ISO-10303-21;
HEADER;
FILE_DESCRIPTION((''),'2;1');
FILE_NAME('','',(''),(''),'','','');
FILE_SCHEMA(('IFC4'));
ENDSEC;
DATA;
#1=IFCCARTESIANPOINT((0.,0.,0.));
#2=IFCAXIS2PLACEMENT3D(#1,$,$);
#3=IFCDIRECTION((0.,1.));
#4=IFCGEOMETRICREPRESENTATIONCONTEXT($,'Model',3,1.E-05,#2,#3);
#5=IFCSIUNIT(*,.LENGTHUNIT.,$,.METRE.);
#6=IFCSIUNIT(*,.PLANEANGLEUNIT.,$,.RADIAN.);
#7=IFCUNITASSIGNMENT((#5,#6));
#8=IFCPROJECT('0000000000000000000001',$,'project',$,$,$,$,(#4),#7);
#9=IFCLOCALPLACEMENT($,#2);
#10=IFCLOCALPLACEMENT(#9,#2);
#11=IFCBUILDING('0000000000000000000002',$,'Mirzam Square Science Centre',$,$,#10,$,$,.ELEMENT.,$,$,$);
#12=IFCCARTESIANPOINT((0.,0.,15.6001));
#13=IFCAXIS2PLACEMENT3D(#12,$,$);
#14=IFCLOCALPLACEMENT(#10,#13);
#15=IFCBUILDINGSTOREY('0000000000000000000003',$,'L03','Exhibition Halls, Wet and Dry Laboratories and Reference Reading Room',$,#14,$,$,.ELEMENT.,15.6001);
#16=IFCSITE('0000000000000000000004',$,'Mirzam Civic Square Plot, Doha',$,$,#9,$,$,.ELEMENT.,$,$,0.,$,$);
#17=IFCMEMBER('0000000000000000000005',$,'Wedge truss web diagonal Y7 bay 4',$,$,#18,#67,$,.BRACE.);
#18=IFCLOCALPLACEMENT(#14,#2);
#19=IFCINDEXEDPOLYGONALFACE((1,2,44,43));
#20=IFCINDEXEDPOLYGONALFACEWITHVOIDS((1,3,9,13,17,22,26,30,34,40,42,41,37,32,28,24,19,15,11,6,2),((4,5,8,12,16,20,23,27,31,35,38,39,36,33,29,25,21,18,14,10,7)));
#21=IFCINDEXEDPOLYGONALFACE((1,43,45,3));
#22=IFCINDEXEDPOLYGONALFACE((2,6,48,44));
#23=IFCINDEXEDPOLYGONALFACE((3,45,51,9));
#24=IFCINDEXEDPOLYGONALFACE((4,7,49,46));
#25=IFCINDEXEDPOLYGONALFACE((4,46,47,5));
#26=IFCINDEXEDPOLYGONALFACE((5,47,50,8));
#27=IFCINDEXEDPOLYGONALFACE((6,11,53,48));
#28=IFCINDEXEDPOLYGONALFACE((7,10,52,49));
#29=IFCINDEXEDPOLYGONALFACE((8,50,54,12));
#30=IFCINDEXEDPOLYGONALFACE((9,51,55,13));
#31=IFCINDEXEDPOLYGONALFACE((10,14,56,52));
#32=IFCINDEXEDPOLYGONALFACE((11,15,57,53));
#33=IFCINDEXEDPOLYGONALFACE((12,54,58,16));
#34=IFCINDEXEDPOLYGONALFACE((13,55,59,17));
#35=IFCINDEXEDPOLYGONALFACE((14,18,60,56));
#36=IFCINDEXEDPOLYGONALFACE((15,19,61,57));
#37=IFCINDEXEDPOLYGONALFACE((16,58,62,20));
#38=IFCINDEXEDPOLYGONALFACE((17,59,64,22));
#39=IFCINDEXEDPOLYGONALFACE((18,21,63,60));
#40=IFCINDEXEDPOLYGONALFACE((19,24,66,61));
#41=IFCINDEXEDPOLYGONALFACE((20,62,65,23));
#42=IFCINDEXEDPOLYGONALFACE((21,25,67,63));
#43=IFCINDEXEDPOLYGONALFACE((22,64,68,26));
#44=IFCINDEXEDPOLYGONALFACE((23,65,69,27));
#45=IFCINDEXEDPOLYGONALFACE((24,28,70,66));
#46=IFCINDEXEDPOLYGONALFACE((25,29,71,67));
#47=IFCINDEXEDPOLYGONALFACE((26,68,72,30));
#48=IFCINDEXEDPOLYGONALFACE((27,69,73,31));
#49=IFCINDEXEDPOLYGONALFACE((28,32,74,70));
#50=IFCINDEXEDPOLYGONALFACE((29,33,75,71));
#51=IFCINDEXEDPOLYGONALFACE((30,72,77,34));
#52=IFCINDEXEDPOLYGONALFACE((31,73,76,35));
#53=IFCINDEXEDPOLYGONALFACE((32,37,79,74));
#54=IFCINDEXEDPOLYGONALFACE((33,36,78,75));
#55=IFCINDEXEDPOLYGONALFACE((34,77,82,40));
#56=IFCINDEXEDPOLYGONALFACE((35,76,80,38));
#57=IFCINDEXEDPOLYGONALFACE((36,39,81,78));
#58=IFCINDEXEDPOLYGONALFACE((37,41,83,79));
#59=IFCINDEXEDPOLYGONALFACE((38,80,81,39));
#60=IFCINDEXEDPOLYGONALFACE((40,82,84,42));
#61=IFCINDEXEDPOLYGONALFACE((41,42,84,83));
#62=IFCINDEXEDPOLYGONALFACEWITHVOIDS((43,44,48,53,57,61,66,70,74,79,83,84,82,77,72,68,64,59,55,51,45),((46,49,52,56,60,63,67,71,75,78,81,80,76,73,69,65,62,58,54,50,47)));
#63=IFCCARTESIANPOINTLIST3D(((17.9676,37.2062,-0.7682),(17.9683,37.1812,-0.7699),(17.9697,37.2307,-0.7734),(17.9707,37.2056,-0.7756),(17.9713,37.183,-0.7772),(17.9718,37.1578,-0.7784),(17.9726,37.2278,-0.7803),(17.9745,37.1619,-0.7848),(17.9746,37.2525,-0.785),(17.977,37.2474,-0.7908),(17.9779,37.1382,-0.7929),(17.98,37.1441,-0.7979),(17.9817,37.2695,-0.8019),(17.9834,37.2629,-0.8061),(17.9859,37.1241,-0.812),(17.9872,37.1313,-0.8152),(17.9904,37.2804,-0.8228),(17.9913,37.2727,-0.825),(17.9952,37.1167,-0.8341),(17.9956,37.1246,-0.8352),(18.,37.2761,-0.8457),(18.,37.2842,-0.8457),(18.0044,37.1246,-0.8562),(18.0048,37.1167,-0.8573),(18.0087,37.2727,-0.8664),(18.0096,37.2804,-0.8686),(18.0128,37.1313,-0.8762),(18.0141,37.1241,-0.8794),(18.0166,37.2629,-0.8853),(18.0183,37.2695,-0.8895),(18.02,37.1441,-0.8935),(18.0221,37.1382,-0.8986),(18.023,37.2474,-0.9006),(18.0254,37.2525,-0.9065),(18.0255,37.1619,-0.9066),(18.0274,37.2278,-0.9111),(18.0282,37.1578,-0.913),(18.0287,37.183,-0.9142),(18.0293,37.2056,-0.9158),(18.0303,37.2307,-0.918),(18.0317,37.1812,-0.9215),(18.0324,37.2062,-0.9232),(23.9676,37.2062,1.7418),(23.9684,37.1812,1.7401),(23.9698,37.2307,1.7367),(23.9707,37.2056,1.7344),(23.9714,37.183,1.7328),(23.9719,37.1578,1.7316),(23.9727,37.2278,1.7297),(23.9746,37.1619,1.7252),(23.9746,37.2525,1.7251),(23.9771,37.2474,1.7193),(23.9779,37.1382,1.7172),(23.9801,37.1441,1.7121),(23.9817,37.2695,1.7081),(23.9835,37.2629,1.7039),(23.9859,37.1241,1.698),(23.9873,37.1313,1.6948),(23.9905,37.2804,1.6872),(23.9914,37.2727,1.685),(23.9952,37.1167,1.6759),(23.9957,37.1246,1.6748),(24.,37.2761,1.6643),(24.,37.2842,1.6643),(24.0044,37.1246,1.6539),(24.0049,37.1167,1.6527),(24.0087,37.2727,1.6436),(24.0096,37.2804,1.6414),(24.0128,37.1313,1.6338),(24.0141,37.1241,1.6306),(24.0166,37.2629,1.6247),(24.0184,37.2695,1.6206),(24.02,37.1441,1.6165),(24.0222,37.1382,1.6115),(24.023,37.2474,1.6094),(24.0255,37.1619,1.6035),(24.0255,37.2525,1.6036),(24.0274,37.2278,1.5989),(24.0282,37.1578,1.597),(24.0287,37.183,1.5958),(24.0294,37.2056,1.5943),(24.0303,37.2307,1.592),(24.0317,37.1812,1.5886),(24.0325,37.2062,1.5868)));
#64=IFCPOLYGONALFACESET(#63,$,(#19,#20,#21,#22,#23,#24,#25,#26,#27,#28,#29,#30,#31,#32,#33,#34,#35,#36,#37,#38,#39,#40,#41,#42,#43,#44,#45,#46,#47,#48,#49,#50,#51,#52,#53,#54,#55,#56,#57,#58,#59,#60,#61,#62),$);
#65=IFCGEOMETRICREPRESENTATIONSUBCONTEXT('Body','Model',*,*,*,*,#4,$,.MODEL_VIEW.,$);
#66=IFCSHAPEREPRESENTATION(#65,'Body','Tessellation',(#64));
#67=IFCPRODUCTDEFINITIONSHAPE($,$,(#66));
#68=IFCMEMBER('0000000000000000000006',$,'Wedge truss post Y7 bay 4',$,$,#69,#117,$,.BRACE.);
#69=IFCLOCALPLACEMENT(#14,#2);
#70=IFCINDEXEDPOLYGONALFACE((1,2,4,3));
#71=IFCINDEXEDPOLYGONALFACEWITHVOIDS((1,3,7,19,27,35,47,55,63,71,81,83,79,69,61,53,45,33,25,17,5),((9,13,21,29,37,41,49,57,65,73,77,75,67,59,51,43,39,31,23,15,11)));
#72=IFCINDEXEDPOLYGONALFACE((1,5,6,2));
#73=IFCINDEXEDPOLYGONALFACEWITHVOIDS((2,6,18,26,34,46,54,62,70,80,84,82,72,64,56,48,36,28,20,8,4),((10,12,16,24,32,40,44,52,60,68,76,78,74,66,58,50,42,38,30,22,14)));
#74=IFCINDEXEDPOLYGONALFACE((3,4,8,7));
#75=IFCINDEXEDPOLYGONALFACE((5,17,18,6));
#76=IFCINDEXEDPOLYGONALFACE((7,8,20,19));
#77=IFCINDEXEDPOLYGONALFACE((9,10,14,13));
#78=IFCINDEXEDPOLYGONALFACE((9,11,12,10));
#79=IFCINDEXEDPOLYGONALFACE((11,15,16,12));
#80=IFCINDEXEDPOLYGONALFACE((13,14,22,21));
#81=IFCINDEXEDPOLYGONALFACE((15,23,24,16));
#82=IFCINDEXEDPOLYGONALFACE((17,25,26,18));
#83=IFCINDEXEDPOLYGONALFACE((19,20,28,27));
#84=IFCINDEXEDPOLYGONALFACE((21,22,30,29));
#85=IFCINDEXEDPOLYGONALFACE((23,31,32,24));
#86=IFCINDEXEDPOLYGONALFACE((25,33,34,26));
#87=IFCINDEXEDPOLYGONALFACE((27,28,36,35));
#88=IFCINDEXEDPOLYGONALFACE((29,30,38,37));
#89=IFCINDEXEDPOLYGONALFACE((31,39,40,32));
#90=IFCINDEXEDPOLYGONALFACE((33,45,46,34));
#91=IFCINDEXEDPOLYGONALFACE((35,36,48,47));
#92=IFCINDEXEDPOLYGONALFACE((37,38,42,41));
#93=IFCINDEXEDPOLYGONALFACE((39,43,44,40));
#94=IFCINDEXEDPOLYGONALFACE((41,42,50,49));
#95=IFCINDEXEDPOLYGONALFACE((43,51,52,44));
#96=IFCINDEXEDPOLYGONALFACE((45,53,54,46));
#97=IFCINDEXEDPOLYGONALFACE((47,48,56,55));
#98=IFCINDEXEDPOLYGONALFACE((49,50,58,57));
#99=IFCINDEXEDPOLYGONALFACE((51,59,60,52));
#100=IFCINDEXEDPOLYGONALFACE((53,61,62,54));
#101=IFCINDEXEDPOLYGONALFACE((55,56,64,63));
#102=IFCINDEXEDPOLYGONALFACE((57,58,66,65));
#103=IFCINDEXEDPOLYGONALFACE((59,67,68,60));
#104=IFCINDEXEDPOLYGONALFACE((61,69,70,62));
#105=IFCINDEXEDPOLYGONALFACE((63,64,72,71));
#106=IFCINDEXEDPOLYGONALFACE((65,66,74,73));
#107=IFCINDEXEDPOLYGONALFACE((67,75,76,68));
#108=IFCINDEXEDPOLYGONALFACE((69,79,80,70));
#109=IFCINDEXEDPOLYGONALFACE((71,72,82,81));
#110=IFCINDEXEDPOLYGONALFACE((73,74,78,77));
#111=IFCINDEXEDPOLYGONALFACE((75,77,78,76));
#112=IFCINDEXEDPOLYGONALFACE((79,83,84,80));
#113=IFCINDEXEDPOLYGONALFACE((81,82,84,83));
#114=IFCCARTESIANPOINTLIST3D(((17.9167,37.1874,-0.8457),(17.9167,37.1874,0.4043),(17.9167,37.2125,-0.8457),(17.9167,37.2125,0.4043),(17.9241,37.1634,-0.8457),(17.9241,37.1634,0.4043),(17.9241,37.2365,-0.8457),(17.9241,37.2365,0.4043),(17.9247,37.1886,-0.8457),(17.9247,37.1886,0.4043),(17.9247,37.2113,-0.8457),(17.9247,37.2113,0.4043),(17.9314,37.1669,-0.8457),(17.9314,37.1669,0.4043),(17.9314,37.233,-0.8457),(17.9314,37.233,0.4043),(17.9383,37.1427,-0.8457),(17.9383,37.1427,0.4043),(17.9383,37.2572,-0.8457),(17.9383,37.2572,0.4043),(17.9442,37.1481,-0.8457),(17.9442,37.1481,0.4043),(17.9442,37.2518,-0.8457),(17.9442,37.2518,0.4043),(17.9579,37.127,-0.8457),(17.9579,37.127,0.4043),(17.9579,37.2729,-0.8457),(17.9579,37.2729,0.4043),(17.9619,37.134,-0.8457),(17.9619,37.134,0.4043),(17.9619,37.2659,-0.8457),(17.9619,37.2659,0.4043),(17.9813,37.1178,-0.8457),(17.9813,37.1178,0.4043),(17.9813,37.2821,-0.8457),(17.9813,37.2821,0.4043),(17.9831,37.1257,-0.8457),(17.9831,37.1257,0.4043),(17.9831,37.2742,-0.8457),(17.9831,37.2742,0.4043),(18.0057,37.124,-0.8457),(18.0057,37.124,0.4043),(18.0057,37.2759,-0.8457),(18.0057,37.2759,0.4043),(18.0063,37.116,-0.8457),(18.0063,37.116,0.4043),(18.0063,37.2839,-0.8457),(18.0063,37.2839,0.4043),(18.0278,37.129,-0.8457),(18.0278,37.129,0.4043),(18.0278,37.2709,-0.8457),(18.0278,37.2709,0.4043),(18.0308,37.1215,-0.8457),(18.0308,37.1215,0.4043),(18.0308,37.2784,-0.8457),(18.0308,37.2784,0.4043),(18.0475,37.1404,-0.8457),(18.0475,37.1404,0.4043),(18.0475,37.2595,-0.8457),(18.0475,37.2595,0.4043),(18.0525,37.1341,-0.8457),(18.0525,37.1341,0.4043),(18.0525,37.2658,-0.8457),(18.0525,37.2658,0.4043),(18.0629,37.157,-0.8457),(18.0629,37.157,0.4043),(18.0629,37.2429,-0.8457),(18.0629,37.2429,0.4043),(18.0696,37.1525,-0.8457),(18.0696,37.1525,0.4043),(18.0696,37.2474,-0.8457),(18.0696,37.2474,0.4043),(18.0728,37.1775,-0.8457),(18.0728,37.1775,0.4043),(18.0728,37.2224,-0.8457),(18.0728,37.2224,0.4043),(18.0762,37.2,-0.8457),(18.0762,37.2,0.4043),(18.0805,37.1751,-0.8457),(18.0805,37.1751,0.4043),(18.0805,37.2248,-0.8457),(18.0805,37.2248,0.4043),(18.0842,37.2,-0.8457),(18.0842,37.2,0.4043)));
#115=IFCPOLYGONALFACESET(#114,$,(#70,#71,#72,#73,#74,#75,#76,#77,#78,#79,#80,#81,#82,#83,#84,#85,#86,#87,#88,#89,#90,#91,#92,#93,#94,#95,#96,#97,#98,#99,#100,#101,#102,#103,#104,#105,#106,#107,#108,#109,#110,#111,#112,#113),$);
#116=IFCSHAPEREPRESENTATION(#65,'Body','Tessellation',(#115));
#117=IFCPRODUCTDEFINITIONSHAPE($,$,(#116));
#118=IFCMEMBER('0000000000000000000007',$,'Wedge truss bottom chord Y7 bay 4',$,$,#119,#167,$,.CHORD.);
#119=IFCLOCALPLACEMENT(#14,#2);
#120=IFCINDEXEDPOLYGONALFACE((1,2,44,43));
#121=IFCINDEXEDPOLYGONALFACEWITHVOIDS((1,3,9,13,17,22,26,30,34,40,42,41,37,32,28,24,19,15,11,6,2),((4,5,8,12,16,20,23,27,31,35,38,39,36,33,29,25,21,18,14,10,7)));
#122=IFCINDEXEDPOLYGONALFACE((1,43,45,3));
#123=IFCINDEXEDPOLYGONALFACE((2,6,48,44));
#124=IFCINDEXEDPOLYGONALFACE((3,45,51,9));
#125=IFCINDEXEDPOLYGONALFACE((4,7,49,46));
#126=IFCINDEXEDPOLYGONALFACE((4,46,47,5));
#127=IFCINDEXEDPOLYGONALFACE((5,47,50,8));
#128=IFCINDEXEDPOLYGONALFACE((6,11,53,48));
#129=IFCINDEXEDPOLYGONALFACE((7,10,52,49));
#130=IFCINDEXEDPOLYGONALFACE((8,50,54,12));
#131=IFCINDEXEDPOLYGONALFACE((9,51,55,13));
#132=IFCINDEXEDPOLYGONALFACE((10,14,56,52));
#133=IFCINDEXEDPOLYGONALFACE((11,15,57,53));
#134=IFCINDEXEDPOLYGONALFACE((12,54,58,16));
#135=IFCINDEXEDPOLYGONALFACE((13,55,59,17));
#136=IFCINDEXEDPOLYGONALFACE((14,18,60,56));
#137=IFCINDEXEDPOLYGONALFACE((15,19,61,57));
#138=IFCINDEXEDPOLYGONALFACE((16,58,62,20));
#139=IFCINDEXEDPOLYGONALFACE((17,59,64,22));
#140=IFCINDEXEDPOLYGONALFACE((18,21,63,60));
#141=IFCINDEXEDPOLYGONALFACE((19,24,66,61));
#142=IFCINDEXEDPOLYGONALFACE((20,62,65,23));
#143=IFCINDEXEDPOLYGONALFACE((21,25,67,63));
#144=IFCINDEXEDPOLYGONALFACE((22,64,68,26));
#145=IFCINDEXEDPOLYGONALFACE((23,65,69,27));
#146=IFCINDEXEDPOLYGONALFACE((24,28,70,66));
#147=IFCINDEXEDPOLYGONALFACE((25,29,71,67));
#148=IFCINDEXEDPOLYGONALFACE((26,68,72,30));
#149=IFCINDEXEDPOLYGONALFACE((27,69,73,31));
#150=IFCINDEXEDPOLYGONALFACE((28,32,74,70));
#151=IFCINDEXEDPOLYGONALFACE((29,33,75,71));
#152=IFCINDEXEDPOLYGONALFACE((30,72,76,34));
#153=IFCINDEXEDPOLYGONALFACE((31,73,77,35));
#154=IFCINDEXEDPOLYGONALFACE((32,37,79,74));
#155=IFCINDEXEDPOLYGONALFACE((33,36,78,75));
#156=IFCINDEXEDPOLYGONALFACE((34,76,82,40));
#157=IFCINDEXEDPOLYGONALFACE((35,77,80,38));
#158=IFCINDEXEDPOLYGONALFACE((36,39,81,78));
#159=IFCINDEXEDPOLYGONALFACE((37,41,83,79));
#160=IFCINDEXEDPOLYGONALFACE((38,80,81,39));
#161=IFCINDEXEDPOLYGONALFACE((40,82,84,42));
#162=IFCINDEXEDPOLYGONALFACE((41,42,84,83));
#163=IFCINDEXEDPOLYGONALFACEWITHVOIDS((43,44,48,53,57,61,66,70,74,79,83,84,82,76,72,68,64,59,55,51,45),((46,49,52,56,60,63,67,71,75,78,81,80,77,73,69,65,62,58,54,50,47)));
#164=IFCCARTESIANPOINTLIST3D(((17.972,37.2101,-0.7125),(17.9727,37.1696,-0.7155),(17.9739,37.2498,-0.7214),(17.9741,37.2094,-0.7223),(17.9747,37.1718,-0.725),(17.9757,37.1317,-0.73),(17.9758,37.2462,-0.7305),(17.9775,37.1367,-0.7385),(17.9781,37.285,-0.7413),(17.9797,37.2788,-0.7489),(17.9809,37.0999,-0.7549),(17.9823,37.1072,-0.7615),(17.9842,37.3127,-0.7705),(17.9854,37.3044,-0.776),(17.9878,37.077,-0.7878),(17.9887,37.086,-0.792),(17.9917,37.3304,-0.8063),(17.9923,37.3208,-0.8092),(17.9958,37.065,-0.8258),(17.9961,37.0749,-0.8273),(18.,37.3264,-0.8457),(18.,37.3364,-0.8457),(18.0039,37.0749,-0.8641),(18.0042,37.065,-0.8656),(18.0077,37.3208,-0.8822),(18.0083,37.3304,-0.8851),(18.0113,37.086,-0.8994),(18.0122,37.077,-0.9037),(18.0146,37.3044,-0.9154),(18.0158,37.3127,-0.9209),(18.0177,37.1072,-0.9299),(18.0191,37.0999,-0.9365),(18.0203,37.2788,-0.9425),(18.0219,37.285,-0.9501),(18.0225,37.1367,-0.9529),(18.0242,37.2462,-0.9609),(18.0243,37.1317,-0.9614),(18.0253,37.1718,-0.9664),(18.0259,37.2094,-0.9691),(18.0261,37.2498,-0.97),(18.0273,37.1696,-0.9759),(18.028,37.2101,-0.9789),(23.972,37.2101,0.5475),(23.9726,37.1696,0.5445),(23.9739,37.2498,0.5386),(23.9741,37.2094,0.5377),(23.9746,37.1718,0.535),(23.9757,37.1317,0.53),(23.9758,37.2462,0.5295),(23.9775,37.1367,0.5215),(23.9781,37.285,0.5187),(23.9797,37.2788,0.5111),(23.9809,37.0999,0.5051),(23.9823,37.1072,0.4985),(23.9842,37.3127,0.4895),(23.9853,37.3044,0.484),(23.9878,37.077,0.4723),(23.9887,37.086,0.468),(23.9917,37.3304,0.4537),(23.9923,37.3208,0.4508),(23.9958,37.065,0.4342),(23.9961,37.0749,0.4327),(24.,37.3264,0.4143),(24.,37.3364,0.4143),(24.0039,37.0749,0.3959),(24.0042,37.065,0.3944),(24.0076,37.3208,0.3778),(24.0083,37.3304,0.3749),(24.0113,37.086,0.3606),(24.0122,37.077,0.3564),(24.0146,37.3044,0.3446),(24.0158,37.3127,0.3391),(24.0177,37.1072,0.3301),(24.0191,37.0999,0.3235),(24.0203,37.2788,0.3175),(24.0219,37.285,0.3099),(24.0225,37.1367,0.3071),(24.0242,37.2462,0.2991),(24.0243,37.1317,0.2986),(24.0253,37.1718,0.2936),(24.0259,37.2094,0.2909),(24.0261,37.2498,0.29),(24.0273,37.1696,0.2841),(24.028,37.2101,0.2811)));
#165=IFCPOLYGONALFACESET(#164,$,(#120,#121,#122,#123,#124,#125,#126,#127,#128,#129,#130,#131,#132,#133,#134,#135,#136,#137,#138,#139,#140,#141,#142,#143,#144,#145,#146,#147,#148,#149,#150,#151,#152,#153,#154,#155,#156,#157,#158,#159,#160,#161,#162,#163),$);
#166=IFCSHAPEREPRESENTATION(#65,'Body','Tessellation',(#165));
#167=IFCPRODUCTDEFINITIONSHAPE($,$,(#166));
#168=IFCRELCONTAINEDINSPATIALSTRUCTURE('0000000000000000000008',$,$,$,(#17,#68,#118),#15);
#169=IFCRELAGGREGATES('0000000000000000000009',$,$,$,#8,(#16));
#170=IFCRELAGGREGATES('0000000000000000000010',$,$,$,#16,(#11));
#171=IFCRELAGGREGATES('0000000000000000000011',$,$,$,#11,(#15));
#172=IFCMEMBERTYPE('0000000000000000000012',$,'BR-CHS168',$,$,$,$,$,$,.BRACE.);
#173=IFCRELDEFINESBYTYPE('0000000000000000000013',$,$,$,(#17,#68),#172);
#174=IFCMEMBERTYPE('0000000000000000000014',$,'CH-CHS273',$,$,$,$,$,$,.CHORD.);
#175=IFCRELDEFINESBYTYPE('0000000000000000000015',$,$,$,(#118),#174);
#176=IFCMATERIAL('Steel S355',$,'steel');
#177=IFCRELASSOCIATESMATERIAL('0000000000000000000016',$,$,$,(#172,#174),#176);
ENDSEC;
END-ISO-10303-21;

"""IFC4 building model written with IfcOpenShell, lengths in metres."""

from ifc_helpers import new_model, si_unit, direction, frame, origin, origin_2d, place, context, subcontext, project, spatial, hollow_circle, extrude, material, material_profile, profile_set, type_object, element, save


model = new_model("IFC4")

# Units and contexts
model_context = context("Model", 3, precision=1e-05, world=origin(), true_north=direction((0.0, 1.0)))
body_context = subcontext(model_context, "Body", "Model", "MODEL_VIEW")
ifc_project = project(units=[si_unit("LENGTHUNIT", "METRE"), si_unit("PLANEANGLEUNIT", "RADIAN")], contexts=[model_context])

# Site, building, storey
site_placement = place(None, origin())
site = spatial("IfcSite", under=ifc_project, at=site_placement, Name="Mirzam Civic Square Plot, Doha", CompositionType="ELEMENT", RefElevation=0.0)
building_placement = place(site_placement, origin())
building = spatial("IfcBuilding", under=site, at=building_placement, Name="Mirzam Square Science Centre", CompositionType="ELEMENT")
storey_placement = place(building_placement, frame((0.0, 0.0, 15.6001)))
storey = spatial("IfcBuildingStorey", under=building, at=storey_placement, Name="L03", Description="Exhibition Halls, Wet and Dry Laboratories and Reference Reading Room", CompositionType="ELEMENT", Elevation=15.6001)

# Members
ifc_material_1 = material(Name="Steel S355", Category="steel")
ifc_material_profile_1 = material_profile(ifc_material_1, hollow_circle(Radius=0.0842, WallThickness=0.0081, at=origin_2d()), Name="168.3x8.0CHS")
ifc_profile_set_1 = profile_set([ifc_material_profile_1], Name="Steel S355")
member_type_1 = type_object("IfcMemberType", Name="BR-CHS168", PredefinedType="BRACE", material=ifc_profile_set_1)
member_1_placement = place(storey_placement, frame((18.0, 37.2, -0.8457), z_axis=(0.92253, 0.0, 0.385926), x_axis=(0.0, 1.0, 0.0)))
element("IfcMember", 1, at=member_1_placement, inside=storey, type_object=member_type_1, Name="Wedge truss web diagonal Y7 bay 4", PredefinedType="BRACE", context=body_context, shape_type="SweptSolid", body=[
    extrude(hollow_circle(Radius=0.0842, WallThickness=0.0081, at=origin_2d()), origin(), (0.0, 0.0, 1.0), 6.5039),
])
member_2_placement = place(storey_placement, frame((18.0, 37.2, -0.8457), z_axis=(0.0, 0.0, 1.0), x_axis=(1.0, 0.0, 0.0)))
element("IfcMember", 2, at=member_2_placement, inside=storey, type_object=member_type_1, Name="Wedge truss post Y7 bay 4", PredefinedType="BRACE", context=body_context, shape_type="SweptSolid", body=[
    extrude(hollow_circle(Radius=0.0842, WallThickness=0.0081, at=origin_2d()), origin(), (0.0, 0.0, 1.0), 1.25),
])
ifc_material_profile_2 = material_profile(ifc_material_1, hollow_circle(Radius=0.1365, WallThickness=0.01, at=origin_2d()), Name="273.0x10.0CHS")
ifc_profile_set_2 = profile_set([ifc_material_profile_2], Name="Steel S355")
member_type_2 = type_object("IfcMemberType", Name="CH-CHS273", PredefinedType="CHORD", material=ifc_profile_set_2)
member_3_placement = place(storey_placement, frame((18.0, 37.2, -0.8457), z_axis=(0.978653, 0.0, 0.205519), x_axis=(0.0, 1.0, 0.0)))
element("IfcMember", 3, at=member_3_placement, inside=storey, type_object=member_type_2, Name="Wedge truss bottom chord Y7 bay 4", PredefinedType="CHORD", context=body_context, shape_type="SweptSolid", body=[
    extrude(hollow_circle(Radius=0.1365, WallThickness=0.01, at=origin_2d()), origin(), (0.0, 0.0, 1.0), 6.1309),
])

save(model, "model.ifc")
